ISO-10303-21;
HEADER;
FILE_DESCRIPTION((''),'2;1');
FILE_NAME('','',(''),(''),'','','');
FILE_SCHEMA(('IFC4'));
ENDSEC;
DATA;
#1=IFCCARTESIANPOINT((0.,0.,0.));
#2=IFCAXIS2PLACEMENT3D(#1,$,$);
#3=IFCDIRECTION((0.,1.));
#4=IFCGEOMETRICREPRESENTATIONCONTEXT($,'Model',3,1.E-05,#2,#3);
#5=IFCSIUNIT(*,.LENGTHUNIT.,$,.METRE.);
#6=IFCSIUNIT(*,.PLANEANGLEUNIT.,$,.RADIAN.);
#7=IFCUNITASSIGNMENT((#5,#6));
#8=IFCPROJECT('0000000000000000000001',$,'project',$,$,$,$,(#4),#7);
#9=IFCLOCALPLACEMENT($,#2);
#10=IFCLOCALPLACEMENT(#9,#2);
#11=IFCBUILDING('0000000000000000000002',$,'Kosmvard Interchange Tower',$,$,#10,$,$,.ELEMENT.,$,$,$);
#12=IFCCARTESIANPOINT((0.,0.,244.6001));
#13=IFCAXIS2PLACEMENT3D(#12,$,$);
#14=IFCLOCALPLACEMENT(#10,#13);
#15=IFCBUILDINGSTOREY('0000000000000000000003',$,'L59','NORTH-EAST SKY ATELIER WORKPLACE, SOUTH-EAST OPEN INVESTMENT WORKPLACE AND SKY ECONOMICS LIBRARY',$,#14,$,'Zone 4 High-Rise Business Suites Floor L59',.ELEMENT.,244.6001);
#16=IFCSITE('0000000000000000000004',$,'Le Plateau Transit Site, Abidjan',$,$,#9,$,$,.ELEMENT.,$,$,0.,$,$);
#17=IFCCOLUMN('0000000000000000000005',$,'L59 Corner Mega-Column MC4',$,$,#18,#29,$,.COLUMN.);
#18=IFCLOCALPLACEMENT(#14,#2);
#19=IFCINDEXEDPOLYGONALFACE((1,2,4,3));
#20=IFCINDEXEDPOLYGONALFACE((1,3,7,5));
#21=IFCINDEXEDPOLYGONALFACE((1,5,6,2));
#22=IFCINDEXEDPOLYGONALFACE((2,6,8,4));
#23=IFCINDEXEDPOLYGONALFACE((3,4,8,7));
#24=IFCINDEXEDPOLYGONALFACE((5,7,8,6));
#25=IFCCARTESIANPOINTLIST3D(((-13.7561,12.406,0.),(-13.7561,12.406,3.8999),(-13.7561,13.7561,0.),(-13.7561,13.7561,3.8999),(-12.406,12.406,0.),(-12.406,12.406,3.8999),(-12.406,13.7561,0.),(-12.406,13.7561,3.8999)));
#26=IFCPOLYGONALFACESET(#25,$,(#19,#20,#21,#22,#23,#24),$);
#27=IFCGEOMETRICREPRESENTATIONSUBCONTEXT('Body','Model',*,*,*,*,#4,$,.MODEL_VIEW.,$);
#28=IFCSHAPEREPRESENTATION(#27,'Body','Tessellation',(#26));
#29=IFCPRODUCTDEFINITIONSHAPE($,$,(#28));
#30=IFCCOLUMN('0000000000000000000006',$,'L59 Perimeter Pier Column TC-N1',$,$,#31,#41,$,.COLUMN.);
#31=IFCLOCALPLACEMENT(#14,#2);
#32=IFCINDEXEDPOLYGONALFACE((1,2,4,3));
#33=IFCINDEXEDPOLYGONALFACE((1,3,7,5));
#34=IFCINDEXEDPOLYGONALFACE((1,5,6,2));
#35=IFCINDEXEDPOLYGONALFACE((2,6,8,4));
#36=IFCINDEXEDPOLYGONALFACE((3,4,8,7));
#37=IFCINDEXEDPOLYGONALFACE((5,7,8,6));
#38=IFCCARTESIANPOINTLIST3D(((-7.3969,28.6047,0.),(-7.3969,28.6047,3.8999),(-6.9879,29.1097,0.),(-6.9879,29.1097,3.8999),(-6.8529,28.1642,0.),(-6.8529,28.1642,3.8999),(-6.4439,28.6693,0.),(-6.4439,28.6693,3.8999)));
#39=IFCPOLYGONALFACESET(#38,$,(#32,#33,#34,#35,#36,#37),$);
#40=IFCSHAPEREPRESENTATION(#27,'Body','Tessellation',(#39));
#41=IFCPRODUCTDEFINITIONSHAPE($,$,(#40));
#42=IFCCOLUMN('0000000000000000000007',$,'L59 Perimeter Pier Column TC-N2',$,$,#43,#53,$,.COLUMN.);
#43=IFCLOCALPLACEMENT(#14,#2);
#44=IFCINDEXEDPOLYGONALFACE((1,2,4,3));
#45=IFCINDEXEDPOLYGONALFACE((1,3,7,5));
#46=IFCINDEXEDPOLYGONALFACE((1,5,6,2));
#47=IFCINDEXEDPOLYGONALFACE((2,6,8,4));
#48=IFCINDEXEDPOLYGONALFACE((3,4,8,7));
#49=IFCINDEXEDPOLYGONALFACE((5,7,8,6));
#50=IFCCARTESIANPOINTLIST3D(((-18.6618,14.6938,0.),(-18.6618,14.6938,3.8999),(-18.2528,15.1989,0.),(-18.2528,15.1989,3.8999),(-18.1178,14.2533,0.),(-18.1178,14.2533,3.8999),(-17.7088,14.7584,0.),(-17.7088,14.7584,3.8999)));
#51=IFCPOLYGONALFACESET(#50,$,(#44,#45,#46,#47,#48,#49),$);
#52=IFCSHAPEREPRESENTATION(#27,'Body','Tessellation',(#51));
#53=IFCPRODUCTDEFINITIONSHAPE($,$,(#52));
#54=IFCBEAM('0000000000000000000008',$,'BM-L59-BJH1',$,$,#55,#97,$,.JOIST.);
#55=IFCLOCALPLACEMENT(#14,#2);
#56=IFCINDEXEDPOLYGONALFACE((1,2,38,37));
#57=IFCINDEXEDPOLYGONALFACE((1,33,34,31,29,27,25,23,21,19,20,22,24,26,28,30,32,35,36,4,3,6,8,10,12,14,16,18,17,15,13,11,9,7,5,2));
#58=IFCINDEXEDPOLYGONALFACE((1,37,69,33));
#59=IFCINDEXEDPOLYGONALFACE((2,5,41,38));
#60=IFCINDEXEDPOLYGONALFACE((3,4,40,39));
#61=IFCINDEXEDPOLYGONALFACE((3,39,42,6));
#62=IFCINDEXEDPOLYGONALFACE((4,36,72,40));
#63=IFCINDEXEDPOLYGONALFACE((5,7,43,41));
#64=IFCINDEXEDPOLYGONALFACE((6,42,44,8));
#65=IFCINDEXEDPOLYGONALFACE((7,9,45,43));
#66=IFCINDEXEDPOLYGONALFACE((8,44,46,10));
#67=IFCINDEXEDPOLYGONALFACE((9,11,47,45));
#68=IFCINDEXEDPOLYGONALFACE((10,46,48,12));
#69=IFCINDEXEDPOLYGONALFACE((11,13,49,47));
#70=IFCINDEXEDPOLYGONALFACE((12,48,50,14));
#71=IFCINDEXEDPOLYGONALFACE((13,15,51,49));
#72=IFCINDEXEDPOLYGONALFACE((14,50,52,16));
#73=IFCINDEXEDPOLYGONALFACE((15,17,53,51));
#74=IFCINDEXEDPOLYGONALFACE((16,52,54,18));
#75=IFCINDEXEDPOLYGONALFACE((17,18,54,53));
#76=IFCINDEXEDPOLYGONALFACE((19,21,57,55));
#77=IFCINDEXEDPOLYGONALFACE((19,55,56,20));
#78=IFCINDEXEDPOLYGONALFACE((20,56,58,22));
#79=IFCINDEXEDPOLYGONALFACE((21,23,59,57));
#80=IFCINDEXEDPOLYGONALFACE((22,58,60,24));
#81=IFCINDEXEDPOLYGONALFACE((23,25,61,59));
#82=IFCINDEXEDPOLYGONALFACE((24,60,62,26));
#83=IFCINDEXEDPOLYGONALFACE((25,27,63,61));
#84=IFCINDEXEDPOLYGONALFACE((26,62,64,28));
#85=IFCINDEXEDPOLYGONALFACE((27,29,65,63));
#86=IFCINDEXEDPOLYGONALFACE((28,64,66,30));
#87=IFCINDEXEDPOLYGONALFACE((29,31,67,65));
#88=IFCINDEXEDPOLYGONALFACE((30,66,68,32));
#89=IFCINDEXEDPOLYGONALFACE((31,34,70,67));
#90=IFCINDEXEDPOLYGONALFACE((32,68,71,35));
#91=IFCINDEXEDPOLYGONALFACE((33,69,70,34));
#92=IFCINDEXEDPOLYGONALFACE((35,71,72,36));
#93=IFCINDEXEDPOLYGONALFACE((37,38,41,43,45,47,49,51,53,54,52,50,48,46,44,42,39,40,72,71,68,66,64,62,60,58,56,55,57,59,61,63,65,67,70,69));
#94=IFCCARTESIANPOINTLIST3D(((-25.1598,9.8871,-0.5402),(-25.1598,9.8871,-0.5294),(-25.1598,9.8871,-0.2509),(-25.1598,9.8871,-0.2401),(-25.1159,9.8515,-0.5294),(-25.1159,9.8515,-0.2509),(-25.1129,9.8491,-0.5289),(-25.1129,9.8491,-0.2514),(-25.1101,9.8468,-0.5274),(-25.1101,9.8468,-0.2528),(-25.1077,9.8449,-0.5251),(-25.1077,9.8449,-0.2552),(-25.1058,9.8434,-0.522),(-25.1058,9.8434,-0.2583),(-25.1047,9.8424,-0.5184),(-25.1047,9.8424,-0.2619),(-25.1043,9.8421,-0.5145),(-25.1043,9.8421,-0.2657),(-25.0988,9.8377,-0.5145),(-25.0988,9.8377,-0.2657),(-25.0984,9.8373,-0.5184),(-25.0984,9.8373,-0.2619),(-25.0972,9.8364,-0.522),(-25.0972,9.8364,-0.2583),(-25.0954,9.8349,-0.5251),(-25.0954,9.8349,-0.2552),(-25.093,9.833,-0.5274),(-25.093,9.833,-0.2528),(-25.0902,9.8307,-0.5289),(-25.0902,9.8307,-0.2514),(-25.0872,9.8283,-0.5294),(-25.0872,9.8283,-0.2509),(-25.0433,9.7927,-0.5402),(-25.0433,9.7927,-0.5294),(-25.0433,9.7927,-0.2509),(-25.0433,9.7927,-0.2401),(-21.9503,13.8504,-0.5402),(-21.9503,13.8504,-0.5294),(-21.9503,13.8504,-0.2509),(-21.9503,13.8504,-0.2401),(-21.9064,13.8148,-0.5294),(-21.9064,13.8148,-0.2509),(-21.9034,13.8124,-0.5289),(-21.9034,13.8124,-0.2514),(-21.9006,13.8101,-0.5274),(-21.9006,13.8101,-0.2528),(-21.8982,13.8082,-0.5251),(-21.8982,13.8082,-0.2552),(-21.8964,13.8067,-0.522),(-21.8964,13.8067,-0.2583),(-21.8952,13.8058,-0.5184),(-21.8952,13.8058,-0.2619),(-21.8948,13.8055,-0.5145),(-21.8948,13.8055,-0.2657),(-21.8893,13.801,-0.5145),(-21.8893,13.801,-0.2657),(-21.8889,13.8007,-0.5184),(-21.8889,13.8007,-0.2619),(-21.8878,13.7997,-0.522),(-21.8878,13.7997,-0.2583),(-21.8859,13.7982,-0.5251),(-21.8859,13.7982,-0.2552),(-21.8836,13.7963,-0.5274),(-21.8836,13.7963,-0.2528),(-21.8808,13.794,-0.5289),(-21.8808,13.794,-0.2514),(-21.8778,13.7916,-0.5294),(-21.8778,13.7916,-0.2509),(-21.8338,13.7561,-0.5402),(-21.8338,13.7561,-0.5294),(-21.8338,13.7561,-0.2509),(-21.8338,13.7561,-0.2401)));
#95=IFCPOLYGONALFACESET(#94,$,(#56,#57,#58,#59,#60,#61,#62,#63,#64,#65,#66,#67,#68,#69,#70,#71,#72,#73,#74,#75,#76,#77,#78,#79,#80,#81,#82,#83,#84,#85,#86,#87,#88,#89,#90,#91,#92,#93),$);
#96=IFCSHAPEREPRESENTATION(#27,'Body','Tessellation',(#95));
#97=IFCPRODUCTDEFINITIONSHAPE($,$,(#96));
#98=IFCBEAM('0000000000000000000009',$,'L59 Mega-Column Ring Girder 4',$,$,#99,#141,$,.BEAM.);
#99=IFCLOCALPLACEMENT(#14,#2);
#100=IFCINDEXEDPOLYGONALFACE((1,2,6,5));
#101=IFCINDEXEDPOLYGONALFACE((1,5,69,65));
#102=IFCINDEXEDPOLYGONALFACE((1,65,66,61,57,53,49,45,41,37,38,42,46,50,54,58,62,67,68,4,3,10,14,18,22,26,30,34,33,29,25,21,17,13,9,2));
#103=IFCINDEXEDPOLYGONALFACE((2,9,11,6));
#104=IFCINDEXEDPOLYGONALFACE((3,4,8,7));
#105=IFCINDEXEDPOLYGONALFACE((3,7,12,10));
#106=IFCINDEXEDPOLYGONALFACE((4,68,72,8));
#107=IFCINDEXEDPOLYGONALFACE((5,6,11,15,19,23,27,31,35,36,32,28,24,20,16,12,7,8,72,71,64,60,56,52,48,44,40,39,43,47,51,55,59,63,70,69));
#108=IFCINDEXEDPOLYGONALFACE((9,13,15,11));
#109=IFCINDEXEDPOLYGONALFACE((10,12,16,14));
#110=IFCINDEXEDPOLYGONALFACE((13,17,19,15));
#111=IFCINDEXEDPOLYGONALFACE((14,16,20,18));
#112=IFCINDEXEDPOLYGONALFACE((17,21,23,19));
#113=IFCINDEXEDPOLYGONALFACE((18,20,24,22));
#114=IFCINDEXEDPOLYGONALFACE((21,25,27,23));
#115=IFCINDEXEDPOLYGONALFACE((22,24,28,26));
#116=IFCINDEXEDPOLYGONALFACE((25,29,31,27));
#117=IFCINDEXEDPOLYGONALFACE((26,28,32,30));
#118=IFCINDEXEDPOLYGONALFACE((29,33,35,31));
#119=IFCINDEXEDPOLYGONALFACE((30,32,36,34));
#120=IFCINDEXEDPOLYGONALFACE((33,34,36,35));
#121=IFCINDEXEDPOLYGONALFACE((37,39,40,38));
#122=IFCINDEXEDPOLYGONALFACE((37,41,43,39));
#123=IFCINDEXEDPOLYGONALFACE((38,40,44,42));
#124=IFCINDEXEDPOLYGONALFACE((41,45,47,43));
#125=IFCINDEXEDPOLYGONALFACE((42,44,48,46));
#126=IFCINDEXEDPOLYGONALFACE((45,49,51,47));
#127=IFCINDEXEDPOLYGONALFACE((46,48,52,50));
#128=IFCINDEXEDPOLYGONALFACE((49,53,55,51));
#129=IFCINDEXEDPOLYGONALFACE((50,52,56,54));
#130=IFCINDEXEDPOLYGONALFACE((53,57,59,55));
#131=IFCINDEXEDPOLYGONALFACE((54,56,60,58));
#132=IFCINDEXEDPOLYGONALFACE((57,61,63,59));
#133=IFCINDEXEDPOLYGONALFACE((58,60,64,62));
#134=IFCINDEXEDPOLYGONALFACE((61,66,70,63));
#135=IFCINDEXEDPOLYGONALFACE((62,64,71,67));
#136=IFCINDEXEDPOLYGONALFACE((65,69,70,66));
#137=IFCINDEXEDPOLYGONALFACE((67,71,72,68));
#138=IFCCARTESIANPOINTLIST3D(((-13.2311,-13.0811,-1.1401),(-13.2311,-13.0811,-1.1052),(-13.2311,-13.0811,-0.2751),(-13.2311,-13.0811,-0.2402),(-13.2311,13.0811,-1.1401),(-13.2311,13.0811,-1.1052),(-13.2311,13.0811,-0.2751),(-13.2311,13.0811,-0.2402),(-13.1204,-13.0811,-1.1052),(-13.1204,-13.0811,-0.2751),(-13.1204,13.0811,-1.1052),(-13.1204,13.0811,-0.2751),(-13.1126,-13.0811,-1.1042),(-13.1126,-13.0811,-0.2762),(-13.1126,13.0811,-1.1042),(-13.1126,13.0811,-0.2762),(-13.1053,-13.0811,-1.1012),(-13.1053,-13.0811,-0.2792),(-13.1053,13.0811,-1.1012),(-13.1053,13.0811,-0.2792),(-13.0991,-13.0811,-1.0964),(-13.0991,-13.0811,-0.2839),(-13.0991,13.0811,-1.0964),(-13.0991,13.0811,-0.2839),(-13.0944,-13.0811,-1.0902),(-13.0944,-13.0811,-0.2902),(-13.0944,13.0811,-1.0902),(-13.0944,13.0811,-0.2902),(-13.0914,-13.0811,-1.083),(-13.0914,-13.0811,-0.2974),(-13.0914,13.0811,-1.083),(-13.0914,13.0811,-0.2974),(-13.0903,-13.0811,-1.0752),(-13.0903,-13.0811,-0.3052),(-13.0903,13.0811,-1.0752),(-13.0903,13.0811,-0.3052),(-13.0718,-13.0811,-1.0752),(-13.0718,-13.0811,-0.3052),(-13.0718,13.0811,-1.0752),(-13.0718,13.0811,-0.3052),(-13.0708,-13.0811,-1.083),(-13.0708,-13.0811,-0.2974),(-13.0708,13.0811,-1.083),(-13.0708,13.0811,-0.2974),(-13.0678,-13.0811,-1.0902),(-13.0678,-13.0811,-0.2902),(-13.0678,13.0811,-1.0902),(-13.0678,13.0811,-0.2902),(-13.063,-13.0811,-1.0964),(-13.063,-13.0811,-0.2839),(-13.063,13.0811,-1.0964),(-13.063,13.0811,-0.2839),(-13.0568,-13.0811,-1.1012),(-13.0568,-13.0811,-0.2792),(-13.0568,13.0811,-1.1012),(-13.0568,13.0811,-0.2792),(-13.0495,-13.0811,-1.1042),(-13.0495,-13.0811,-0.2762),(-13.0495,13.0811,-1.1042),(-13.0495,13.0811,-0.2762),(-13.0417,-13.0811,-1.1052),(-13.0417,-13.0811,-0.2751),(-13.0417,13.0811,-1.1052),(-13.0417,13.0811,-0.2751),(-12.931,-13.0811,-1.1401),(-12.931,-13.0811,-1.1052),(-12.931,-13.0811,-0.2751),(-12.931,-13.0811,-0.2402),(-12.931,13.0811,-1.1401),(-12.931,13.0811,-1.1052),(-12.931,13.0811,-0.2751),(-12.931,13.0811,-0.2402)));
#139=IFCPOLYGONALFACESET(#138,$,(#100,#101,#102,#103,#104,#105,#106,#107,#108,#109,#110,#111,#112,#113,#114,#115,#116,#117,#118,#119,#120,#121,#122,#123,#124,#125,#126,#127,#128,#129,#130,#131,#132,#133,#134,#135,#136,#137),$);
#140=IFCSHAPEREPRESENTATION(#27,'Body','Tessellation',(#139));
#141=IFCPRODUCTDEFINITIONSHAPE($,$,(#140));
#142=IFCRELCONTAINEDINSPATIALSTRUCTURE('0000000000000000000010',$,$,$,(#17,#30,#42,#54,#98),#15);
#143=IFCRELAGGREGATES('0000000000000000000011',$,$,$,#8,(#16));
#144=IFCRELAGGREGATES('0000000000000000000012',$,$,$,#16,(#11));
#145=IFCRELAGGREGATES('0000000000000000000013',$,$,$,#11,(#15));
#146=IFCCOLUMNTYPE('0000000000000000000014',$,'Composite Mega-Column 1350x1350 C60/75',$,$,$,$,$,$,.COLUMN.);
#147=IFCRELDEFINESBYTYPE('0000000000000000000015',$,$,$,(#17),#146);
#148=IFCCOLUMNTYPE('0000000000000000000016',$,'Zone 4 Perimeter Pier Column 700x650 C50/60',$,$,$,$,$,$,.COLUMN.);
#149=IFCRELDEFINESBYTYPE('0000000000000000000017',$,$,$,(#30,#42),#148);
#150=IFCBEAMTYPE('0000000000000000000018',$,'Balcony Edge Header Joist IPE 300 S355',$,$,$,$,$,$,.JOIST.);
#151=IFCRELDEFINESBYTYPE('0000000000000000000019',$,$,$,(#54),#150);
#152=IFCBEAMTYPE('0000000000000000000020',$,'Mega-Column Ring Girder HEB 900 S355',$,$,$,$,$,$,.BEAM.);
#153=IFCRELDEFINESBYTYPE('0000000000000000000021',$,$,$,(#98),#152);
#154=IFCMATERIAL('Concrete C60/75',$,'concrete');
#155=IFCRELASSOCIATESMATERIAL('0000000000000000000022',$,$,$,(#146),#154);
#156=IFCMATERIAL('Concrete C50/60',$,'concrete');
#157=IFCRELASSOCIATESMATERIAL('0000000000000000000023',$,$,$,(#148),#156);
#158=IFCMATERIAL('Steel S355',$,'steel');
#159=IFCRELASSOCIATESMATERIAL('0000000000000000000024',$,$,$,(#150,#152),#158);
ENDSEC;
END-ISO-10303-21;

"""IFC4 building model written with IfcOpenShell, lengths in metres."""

from ifc_helpers import new_model, si_unit, direction, frame, origin, origin_2d, place, context, subcontext, project, spatial, rectangle, i_section, extrude, source, transform, mapped, material, material_profile, profile_set, type_object, element, save


model = new_model("IFC4")

# Units and contexts
model_context = context("Model", 3, precision=1e-05, world=origin(), true_north=direction((0.0, 1.0)))
body_context = subcontext(model_context, "Body", "Model", "MODEL_VIEW")
ifc_project = project(units=[si_unit("LENGTHUNIT", "METRE"), si_unit("PLANEANGLEUNIT", "RADIAN")], contexts=[model_context])

# Site, building, storey
site_placement = place(None, origin())
site = spatial("IfcSite", under=ifc_project, at=site_placement, Name="Le Plateau Transit Site, Abidjan", CompositionType="ELEMENT", RefElevation=0.0)
building_placement = place(site_placement, origin())
building = spatial("IfcBuilding", under=site, at=building_placement, Name="Kosmvard Interchange Tower", CompositionType="ELEMENT")
storey_placement = place(building_placement, frame((0.0, 0.0, 244.6001)))
storey = spatial("IfcBuildingStorey", under=building, at=storey_placement, Name="L59", Description="NORTH-EAST SKY ATELIER WORKPLACE, SOUTH-EAST OPEN INVESTMENT WORKPLACE AND SKY ECONOMICS LIBRARY", LongName="Zone 4 High-Rise Business Suites Floor L59", CompositionType="ELEMENT", Elevation=244.6001)

# Columns
ifc_material_1 = material(Name="Concrete C60/75", Category="concrete")
ifc_material_profile_1 = material_profile(ifc_material_1, rectangle(XDim=1.3501, YDim=1.3501, at=origin_2d()), Name="MC 1350x1350")
ifc_profile_set_1 = profile_set([ifc_material_profile_1], Name="Concrete C60/75")
column_type_1 = type_object("IfcColumnType", Name="Composite Mega-Column 1350x1350 C60/75", PredefinedType="COLUMN", material=ifc_profile_set_1)
shared_shape_1 = source(origin(), body_context, "Body", "SweptSolid", [
    extrude(rectangle(XDim=1.3501, YDim=1.3501, at=origin_2d()), origin(), (0.0, 0.0, 1.0), 3.8999),
])
column_placement = place(storey_placement, frame((-13.0811, 13.0811, 0.0), z_axis=(0.0, 0.0, 1.0), x_axis=(1.0, 0.0, 0.0)))
element("IfcColumn", 1, at=column_placement, inside=storey, type_object=column_type_1, Name="L59 Corner Mega-Column MC4", PredefinedType="COLUMN", context=body_context, shape_type="MappedRepresentation", body=[
    mapped(shared_shape_1, transform((0.0, 0.0, 0.0), scale=1.0)),
])
ifc_material_2 = material(Name="Concrete C50/60", Category="concrete")
ifc_material_profile_2 = material_profile(ifc_material_2, rectangle(XDim=0.6499, YDim=0.7, at=origin_2d()), Name="TC 700x650")
ifc_profile_set_2 = profile_set([ifc_material_profile_2], Name="Concrete C50/60")
column_type_2 = type_object("IfcColumnType", Name="Zone 4 Perimeter Pier Column 700x650 C50/60", PredefinedType="COLUMN", material=ifc_profile_set_2)
shared_shape_2 = source(origin(), body_context, "Body", "SweptSolid", [
    extrude(rectangle(XDim=0.6499, YDim=0.7, at=origin_2d()), origin(), (0.0, 0.0, 1.0), 3.8999),
])
for number, where, z_axis, x_axis, name in (
    (2, (-6.9204, 28.637, 0.0), (0.0, 0.0, 1.0), (0.62932, 0.777146, 0.0), "L59 Perimeter Pier Column TC-N1"),
    (3, (-18.1853, 14.7261, 0.0), (0.0, 0.0, 1.0), (0.62932, 0.777146, 0.0), "L59 Perimeter Pier Column TC-N2"),
):
    element("IfcColumn", number, at=place(storey_placement, frame(where, z_axis=z_axis, x_axis=x_axis)), inside=storey, type_object=column_type_2, Name=name, PredefinedType="COLUMN", context=body_context, shape_type="MappedRepresentation", body=[
        mapped(shared_shape_2, transform((0.0, 0.0, 0.0), scale=1.0)),
    ])

# Beams
ifc_material_3 = material(Name="Steel S355", Category="steel")
ifc_material_profile_3 = material_profile(ifc_material_3, i_section(OverallWidth=0.1499, OverallDepth=0.3, WebThickness=0.0071, FlangeThickness=0.0107, FilletRadius=0.0149, at=origin_2d()), Name="IPE 300")
ifc_profile_set_3 = profile_set([ifc_material_profile_3], Name="Steel S355")
beam_type_1 = type_object("IfcBeamType", Name="Balcony Edge Header Joist IPE 300 S355", PredefinedType="JOIST", material=ifc_profile_set_3)
shared_shape_3 = source(origin(), body_context, "Body", "SweptSolid", [
    extrude(i_section(OverallWidth=0.1499, OverallDepth=0.3, WebThickness=0.0071, FlangeThickness=0.0107, FilletRadius=0.0149, at=origin_2d()), origin(), (0.0, 0.0, 1.0), 5.0999),
])
beam_1_placement = place(storey_placement, frame((-21.8921, 13.8032, -0.3901), z_axis=(-0.629319, -0.777147, 0.0), x_axis=(0.777147, -0.629319, 0.0)))
element("IfcBeam", 4, at=beam_1_placement, inside=storey, type_object=beam_type_1, Name="BM-L59-BJH1", PredefinedType="JOIST", context=body_context, shape_type="MappedRepresentation", body=[
    mapped(shared_shape_3, transform((0.0, 0.0, 0.0), scale=1.0)),
])
ifc_material_profile_4 = material_profile(ifc_material_3, i_section(OverallWidth=0.3, OverallDepth=0.8999, WebThickness=0.0186, FlangeThickness=0.0349, FilletRadius=0.03, at=origin_2d()), Name="HEB 900")
ifc_profile_set_4 = profile_set([ifc_material_profile_4], Name="Steel S355")
beam_type_2 = type_object("IfcBeamType", Name="Mega-Column Ring Girder HEB 900 S355", PredefinedType="BEAM", material=ifc_profile_set_4)
shared_shape_4 = source(origin(), body_context, "Body", "SweptSolid", [
    extrude(i_section(OverallWidth=0.3, OverallDepth=0.8999, WebThickness=0.0186, FlangeThickness=0.0349, FilletRadius=0.03, at=origin_2d()), origin(), (0.0, 0.0, 1.0), 26.1621),
])
beam_2_placement = place(storey_placement, frame((-13.0811, 13.0811, -0.6902), z_axis=(0.0, -1.0, 0.0), x_axis=(1.0, 0.0, 0.0)))
element("IfcBeam", 5, at=beam_2_placement, inside=storey, type_object=beam_type_2, Name="L59 Mega-Column Ring Girder 4", PredefinedType="BEAM", context=body_context, shape_type="MappedRepresentation", body=[
    mapped(shared_shape_4, transform((0.0, 0.0, 0.0), scale=1.0)),
])

save(model, "model.ifc")
